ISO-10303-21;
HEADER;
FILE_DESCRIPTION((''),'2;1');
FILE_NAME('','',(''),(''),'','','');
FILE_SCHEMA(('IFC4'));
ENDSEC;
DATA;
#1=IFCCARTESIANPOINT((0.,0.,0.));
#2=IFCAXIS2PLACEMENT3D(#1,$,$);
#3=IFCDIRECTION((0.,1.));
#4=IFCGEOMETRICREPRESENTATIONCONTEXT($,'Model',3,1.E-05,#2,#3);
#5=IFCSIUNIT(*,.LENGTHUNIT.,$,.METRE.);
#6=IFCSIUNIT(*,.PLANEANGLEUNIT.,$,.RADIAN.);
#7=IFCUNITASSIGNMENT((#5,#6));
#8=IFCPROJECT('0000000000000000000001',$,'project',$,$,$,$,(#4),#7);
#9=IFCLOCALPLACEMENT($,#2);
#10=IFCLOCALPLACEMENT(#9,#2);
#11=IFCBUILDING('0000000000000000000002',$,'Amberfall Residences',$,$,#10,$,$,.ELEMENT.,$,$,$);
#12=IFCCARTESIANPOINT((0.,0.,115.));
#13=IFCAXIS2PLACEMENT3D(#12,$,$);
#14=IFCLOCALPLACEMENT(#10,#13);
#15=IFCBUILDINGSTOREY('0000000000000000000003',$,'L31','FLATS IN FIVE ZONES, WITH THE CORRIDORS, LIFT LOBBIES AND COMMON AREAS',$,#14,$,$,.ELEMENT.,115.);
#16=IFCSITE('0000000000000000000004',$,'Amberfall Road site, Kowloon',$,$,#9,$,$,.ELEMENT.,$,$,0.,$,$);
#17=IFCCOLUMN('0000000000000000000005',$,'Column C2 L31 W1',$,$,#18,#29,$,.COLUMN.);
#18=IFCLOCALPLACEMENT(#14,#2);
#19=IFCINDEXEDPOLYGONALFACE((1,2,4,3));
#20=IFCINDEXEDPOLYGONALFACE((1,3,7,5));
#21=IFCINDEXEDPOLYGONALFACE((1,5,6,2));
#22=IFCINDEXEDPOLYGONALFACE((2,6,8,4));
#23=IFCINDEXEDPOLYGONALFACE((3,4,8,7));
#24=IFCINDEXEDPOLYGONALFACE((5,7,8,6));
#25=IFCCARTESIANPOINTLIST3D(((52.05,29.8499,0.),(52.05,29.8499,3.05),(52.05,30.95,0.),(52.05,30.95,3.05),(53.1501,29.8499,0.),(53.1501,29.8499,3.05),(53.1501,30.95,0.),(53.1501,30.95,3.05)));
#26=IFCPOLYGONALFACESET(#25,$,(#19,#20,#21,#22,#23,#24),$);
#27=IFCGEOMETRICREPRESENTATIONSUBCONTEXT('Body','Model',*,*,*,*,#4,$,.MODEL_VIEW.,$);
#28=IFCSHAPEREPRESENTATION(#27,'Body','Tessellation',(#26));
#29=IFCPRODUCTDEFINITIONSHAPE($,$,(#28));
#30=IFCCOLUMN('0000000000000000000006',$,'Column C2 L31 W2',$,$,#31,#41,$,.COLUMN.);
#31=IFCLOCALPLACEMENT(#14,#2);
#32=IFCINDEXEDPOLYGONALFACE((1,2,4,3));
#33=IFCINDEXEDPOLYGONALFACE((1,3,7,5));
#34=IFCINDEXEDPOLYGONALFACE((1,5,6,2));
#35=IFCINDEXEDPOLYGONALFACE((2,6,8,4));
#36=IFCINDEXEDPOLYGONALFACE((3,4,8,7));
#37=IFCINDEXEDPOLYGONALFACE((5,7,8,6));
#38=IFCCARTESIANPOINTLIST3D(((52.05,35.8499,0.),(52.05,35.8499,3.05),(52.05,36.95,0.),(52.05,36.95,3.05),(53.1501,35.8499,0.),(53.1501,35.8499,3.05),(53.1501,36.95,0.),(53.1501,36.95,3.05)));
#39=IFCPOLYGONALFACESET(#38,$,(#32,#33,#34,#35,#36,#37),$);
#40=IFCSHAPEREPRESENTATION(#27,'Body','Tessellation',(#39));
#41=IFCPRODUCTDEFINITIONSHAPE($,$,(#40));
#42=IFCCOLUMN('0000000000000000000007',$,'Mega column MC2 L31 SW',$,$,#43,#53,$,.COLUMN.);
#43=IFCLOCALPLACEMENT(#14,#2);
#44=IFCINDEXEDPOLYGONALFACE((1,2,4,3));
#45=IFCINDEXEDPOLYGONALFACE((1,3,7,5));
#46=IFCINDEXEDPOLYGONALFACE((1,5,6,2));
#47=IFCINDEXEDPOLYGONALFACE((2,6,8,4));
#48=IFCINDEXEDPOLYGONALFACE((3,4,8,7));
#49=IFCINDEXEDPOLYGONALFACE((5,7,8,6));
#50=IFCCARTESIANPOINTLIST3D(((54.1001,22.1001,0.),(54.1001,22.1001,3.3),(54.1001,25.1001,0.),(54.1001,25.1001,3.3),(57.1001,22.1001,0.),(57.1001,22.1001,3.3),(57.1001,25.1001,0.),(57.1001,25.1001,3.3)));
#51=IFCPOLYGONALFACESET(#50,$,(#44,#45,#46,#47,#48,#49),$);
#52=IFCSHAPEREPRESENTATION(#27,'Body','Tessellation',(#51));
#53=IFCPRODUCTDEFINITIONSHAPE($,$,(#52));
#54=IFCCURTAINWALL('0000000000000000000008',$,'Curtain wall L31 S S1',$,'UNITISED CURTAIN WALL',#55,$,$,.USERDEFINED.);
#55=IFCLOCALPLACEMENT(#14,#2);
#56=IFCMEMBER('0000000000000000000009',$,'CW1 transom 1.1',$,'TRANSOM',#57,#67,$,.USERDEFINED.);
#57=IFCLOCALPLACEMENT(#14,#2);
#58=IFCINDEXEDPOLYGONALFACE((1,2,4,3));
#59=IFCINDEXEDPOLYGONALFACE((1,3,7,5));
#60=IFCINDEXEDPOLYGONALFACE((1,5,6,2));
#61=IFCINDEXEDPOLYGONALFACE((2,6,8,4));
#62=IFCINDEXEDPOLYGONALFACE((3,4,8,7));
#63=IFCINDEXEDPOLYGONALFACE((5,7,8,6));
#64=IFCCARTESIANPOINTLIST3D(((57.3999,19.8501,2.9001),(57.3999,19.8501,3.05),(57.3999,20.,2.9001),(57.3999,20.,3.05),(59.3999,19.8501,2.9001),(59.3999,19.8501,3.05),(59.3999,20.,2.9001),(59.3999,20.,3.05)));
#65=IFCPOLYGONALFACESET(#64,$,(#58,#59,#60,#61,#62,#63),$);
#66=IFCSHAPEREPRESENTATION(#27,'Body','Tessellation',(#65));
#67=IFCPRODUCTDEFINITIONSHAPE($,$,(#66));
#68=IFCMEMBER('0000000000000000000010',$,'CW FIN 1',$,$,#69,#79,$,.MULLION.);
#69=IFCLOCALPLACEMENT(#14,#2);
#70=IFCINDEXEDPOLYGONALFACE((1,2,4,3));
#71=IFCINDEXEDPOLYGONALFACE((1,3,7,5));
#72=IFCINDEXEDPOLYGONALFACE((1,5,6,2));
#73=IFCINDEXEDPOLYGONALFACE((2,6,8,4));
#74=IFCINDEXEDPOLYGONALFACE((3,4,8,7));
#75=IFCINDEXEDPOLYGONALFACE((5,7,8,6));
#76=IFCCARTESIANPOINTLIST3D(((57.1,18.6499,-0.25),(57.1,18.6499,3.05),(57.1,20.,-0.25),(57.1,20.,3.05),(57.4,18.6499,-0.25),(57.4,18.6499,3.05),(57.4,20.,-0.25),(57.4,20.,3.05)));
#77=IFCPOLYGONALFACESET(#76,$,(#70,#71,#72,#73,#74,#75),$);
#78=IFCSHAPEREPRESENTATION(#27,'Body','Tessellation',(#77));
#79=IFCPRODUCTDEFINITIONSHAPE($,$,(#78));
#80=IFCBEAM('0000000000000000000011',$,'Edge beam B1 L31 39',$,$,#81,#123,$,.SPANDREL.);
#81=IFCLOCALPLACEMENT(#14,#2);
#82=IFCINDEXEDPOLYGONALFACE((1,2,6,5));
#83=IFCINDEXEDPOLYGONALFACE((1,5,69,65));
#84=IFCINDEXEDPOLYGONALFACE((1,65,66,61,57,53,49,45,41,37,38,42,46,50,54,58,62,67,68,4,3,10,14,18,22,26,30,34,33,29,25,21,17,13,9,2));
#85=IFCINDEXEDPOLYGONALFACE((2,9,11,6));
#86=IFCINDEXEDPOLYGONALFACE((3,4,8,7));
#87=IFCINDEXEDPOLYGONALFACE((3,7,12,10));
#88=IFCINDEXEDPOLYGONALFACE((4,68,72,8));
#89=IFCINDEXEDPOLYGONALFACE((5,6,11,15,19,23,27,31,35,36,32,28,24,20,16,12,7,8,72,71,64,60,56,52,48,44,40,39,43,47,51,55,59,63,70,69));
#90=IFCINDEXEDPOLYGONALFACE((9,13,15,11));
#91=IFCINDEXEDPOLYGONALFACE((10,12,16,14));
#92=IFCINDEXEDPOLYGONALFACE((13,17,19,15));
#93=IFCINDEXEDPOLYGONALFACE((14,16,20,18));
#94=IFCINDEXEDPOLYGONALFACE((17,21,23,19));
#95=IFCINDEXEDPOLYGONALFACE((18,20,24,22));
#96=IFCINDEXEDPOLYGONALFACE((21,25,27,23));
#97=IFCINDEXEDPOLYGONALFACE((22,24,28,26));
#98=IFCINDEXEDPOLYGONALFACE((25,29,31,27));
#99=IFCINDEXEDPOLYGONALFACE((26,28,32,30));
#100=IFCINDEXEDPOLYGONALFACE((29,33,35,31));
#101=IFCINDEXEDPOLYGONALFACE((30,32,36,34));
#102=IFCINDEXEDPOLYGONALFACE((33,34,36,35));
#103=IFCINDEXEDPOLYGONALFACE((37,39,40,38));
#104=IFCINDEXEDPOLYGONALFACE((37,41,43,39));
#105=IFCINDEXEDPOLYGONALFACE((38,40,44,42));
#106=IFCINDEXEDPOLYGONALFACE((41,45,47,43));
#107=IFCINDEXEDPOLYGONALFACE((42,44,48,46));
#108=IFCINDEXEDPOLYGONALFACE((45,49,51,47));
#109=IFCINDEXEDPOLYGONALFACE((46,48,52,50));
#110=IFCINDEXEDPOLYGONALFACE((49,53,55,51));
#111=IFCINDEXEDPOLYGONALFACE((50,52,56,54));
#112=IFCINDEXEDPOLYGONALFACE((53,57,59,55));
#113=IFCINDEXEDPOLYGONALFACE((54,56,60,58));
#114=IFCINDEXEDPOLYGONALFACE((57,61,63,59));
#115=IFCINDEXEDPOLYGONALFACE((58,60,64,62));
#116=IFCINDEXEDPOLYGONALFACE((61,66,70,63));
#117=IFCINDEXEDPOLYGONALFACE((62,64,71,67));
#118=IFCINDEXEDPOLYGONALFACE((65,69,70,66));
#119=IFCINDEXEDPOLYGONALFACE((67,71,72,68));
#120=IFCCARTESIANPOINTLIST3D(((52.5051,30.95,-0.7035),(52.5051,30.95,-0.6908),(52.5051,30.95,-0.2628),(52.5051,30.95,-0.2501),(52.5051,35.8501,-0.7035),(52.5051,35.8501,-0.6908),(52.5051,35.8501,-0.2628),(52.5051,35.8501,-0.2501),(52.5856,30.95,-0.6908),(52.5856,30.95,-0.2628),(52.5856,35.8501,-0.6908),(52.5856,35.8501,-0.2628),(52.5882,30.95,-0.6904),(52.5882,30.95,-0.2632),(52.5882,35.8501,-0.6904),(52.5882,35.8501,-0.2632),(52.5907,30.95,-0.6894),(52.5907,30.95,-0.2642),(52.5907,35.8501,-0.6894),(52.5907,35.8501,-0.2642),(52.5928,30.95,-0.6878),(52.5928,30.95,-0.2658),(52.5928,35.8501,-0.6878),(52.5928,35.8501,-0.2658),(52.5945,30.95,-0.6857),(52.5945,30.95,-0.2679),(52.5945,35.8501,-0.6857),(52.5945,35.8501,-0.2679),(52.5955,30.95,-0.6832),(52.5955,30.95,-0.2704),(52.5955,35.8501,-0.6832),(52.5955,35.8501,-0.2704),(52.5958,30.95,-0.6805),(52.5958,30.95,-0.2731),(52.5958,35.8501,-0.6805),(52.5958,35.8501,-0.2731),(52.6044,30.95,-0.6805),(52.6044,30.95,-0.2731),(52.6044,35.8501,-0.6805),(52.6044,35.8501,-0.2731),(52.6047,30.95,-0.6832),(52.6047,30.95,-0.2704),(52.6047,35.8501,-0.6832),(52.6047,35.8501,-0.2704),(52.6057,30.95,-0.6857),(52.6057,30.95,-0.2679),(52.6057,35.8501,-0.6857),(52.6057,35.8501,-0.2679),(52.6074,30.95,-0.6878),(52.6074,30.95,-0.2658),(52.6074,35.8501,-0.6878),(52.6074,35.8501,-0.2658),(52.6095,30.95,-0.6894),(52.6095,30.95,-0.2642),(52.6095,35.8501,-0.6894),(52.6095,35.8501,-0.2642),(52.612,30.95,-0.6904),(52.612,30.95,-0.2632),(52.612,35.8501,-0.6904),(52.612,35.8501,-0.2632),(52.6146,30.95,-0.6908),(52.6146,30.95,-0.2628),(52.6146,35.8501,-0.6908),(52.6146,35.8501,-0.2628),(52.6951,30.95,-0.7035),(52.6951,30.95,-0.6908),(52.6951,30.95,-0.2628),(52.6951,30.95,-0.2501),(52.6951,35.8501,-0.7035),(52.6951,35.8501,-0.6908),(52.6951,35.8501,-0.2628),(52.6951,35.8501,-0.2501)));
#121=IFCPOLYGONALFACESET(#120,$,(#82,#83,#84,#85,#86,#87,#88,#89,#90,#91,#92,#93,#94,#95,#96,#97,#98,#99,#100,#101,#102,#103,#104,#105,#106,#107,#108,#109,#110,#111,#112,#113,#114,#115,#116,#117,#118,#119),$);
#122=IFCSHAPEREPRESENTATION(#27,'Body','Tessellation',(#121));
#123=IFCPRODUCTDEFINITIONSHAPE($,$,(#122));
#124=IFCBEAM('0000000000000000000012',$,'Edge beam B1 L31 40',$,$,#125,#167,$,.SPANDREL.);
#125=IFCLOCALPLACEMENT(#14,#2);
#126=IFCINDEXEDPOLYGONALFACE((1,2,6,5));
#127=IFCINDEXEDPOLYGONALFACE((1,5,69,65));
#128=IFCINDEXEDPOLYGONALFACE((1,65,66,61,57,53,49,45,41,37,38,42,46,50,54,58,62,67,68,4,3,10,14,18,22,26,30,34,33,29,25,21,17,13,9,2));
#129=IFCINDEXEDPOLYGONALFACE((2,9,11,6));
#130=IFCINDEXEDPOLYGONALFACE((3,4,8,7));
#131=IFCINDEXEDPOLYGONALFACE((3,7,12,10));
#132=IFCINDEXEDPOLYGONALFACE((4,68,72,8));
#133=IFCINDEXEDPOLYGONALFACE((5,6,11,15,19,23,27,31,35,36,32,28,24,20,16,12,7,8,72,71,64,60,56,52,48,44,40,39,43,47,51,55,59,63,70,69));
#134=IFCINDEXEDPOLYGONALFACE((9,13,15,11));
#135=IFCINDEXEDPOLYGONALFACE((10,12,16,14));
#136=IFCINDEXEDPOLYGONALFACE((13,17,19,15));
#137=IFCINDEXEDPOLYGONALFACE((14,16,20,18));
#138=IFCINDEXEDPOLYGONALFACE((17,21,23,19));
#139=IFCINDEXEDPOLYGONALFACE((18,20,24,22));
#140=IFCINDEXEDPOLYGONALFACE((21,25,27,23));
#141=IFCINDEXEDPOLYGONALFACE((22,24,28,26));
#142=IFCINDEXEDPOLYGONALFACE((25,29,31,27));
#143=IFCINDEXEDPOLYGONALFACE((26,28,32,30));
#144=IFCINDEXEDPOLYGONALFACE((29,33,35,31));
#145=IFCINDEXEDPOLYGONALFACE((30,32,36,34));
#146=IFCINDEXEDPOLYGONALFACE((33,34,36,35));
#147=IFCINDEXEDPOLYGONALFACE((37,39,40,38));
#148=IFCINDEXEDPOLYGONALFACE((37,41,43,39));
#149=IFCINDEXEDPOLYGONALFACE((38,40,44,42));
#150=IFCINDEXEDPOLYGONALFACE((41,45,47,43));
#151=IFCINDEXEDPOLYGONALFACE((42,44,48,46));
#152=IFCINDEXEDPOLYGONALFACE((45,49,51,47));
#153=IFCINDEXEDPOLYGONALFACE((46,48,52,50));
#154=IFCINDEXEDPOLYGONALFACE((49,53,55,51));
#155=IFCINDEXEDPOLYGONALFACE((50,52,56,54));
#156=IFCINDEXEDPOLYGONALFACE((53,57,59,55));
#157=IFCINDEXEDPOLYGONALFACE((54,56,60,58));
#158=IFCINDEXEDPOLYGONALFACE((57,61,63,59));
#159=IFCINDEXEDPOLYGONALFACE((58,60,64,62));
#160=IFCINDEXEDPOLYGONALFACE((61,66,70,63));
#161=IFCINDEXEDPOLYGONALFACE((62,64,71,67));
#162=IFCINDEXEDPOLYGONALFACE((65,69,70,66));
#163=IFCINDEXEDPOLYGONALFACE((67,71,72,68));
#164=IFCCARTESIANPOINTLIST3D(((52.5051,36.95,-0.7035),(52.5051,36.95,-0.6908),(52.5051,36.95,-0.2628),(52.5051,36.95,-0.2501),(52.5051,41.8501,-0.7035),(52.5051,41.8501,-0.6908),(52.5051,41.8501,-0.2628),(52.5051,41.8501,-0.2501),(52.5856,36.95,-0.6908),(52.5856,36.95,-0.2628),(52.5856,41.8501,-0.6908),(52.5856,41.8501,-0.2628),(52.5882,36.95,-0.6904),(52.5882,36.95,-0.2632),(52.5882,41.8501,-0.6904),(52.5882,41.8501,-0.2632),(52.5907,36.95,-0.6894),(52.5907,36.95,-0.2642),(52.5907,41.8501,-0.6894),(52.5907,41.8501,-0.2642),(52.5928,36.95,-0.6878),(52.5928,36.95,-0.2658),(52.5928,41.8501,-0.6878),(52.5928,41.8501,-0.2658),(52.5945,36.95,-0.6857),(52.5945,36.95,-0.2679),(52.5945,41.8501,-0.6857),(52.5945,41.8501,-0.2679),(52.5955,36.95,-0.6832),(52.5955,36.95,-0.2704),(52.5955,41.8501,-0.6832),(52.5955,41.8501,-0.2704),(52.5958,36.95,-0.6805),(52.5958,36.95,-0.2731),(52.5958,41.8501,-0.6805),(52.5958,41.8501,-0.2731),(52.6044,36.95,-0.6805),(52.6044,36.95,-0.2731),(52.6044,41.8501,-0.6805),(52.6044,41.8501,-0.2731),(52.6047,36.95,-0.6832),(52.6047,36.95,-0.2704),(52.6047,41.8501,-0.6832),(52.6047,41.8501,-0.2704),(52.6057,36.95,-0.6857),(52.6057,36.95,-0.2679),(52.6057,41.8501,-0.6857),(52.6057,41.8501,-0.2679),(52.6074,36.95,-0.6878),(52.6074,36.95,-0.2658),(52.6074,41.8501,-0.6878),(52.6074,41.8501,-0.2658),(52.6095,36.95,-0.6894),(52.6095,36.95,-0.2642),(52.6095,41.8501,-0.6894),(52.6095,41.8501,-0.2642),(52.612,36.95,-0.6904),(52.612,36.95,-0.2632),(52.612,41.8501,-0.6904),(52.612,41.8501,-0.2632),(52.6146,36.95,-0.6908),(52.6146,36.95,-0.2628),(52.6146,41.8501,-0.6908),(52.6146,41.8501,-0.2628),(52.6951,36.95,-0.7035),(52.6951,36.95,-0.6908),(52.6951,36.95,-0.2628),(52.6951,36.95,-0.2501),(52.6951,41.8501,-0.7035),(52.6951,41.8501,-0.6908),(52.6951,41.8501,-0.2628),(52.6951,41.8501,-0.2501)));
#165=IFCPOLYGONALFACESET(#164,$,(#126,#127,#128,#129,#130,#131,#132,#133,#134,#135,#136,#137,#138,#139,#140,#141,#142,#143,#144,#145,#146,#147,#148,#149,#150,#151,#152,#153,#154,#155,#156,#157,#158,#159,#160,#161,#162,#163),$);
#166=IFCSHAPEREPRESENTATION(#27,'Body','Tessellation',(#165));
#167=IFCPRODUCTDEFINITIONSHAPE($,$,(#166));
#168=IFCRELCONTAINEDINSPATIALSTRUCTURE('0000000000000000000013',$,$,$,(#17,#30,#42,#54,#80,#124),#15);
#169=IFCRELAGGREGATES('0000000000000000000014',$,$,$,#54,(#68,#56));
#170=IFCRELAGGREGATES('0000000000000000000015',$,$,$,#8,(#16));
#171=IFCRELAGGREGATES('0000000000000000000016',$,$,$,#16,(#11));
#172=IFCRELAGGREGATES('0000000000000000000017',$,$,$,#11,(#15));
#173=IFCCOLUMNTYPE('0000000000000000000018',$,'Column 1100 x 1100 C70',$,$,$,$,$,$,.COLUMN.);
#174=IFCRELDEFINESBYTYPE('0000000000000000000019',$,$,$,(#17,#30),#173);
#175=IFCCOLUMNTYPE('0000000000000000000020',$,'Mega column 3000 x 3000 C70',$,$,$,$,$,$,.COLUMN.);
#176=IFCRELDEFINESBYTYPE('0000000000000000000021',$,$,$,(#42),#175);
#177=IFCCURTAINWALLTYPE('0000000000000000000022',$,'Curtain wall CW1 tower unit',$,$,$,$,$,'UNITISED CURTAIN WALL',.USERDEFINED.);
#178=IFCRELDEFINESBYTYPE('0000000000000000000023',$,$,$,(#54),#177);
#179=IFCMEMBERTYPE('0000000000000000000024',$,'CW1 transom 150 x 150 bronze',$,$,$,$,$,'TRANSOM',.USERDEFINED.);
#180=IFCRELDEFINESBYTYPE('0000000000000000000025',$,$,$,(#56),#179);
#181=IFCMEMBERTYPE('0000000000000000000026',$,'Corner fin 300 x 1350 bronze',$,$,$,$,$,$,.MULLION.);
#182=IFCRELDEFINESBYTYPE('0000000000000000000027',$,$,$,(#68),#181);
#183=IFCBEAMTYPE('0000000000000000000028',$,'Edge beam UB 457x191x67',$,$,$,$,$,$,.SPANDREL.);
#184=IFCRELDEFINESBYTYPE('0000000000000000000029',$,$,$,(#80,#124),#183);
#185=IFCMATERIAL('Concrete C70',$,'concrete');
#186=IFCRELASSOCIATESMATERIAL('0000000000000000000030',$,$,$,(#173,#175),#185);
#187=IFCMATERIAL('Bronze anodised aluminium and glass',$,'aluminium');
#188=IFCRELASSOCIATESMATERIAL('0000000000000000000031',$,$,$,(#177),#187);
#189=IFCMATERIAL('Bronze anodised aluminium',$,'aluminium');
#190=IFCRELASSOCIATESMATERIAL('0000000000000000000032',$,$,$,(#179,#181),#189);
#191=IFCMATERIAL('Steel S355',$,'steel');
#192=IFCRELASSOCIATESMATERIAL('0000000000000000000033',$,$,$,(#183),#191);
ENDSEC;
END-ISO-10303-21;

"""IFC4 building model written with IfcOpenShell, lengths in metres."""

from ifc_helpers import new_model, si_unit, direction, frame, origin, origin_2d, place, context, subcontext, project, spatial, rectangle, i_section, extrude, material, material_profile, profile_set, type_object, element, aggregate, save


model = new_model("IFC4")

# Units and contexts
model_context = context("Model", 3, precision=1e-05, world=origin(), true_north=direction((0.0, 1.0)))
body_context = subcontext(model_context, "Body", "Model", "MODEL_VIEW")
ifc_project = project(units=[si_unit("LENGTHUNIT", "METRE"), si_unit("PLANEANGLEUNIT", "RADIAN")], contexts=[model_context])

# Site, building, storey
site_placement = place(None, origin())
site = spatial("IfcSite", under=ifc_project, at=site_placement, Name="Amberfall Road site, Kowloon", CompositionType="ELEMENT", RefElevation=0.0)
building_placement = place(site_placement, origin())
building = spatial("IfcBuilding", under=site, at=building_placement, Name="Amberfall Residences", CompositionType="ELEMENT")
storey_placement = place(building_placement, frame((0.0, 0.0, 115.0)))
storey = spatial("IfcBuildingStorey", under=building, at=storey_placement, Name="L31", Description="FLATS IN FIVE ZONES, WITH THE CORRIDORS, LIFT LOBBIES AND COMMON AREAS", CompositionType="ELEMENT", Elevation=115.0)

# Columns
ifc_material_1 = material(Name="Concrete C70", Category="concrete")
ifc_material_profile_1 = material_profile(ifc_material_1, rectangle(XDim=1.1001, YDim=1.1001, at=origin_2d()), Name="Column 1100 x 1100 C70")
ifc_profile_set_1 = profile_set([ifc_material_profile_1], Name="Concrete C70")
column_type_1 = type_object("IfcColumnType", Name="Column 1100 x 1100 C70", PredefinedType="COLUMN", material=ifc_profile_set_1)
for number, where, z_axis, x_axis, name in (
    (1, (52.6001, 30.3999, 0.0), (0.0, 0.0, 1.0), (1.0, 0.0, 0.0), "Column C2 L31 W1"),
    (2, (52.6001, 36.3999, 0.0), (0.0, 0.0, 1.0), (1.0, 0.0, 0.0), "Column C2 L31 W2"),
):
    element("IfcColumn", number, at=place(storey_placement, frame(where, z_axis=z_axis, x_axis=x_axis)), inside=storey, type_object=column_type_1, Name=name, PredefinedType="COLUMN", context=body_context, shape_type="SweptSolid", body=[
        extrude(rectangle(XDim=1.1001, YDim=1.1001, at=origin_2d()), origin(), (0.0, 0.0, 1.0), 3.05),
    ])
ifc_material_profile_2 = material_profile(ifc_material_1, rectangle(XDim=3.0, YDim=3.0, at=origin_2d()), Name="Mega column 3000 x 3000 C70")
ifc_profile_set_2 = profile_set([ifc_material_profile_2], Name="Concrete C70")
column_type_2 = type_object("IfcColumnType", Name="Mega column 3000 x 3000 C70", PredefinedType="COLUMN", material=ifc_profile_set_2)
column_placement = place(storey_placement, frame((55.6001, 23.6001, 0.0), z_axis=(0.0, 0.0, 1.0), x_axis=(1.0, 0.0, 0.0)))
element("IfcColumn", 3, at=column_placement, inside=storey, type_object=column_type_2, Name="Mega column MC2 L31 SW", PredefinedType="COLUMN", context=body_context, shape_type="SweptSolid", body=[
    extrude(rectangle(XDim=3.0, YDim=3.0, at=origin_2d()), origin(), (0.0, 0.0, 1.0), 3.3),
])

# Curtain wall, members
ifc_material_2 = material(Name="Bronze anodised aluminium and glass", Category="aluminium")
curtain_wall_type = type_object("IfcCurtainWallType", Name="Curtain wall CW1 tower unit", ElementType="UNITISED CURTAIN WALL", PredefinedType="USERDEFINED", material=ifc_material_2)
curtain_wall_placement = place(storey_placement, origin())
curtain_wall = element("IfcCurtainWall", 4, at=curtain_wall_placement, inside=storey, type_object=curtain_wall_type, Name="Curtain wall L31 S S1", ObjectType="UNITISED CURTAIN WALL", PredefinedType="USERDEFINED")
ifc_material_3 = material(Name="Bronze anodised aluminium", Category="aluminium")
ifc_material_profile_3 = material_profile(ifc_material_3, rectangle(XDim=0.1499, YDim=0.1499, at=origin_2d()), Name="CW1 transom 150 x 150 bronze")
ifc_profile_set_3 = profile_set([ifc_material_profile_3], Name="Bronze anodised aluminium")
member_type_1 = type_object("IfcMemberType", Name="CW1 transom 150 x 150 bronze", ElementType="TRANSOM", PredefinedType="USERDEFINED", material=ifc_profile_set_3)
member_1_placement = place(storey_placement, frame((57.3999, 19.925, 2.9751), z_axis=(1.0, 0.0, 0.0), x_axis=(0.0, 1.0, 0.0)))
member_1 = element("IfcMember", 5, at=member_1_placement, type_object=member_type_1, Name="CW1 transom 1.1", ObjectType="TRANSOM", PredefinedType="USERDEFINED", context=body_context, shape_type="SweptSolid", body=[
    extrude(rectangle(XDim=0.1499, YDim=0.1499, at=origin_2d()), origin(), (0.0, 0.0, 1.0), 2.0),
])
ifc_material_profile_4 = material_profile(ifc_material_3, rectangle(XDim=1.3501, YDim=0.3, at=origin_2d()), Name="Corner fin 300 x 1350 bronze")
ifc_profile_set_4 = profile_set([ifc_material_profile_4], Name="Bronze anodised aluminium")
member_type_2 = type_object("IfcMemberType", Name="Corner fin 300 x 1350 bronze", PredefinedType="MULLION", material=ifc_profile_set_4)
member_2_placement = place(storey_placement, frame((57.25, 19.325, -0.25), z_axis=(0.0, 0.0, 1.0), x_axis=(0.0, 1.0, 0.0)))
member_2 = element("IfcMember", 6, at=member_2_placement, type_object=member_type_2, Name="CW FIN 1", PredefinedType="MULLION", context=body_context, shape_type="SweptSolid", body=[
    extrude(rectangle(XDim=1.3501, YDim=0.3, at=origin_2d()), origin(), (0.0, 0.0, 1.0), 3.3),
])

# Beams
ifc_material_4 = material(Name="Steel S355", Category="steel")
ifc_material_profile_5 = material_profile(ifc_material_4, i_section(OverallWidth=0.1899, OverallDepth=0.4534, WebThickness=0.0085, FlangeThickness=0.0127, FilletRadius=0.0103, at=origin_2d()), Name="UB 457x191x67")
ifc_profile_set_5 = profile_set([ifc_material_profile_5], Name="Steel S355")
beam_type_1 = type_object("IfcBeamType", Name="Edge beam UB 457x191x67", PredefinedType="SPANDREL", material=ifc_profile_set_5)
for number, where, z_axis, x_axis, name in (
    (7, (52.6001, 30.95, -0.4768), (0.0, 1.0, 0.0), (-1.0, 0.0, 0.0), "Edge beam B1 L31 39"),
    (8, (52.6001, 36.95, -0.4768), (0.0, 1.0, 0.0), (-1.0, 0.0, 0.0), "Edge beam B1 L31 40"),
):
    element("IfcBeam", number, at=place(storey_placement, frame(where, z_axis=z_axis, x_axis=x_axis)), inside=storey, type_object=beam_type_1, Name=name, PredefinedType="SPANDREL", context=body_context, shape_type="SweptSolid", body=[
        extrude(i_section(OverallWidth=0.1899, OverallDepth=0.4534, WebThickness=0.0085, FlangeThickness=0.0127, FilletRadius=0.0103, at=origin_2d()), origin(), (0.0, 0.0, 1.0), 4.9001),
    ])

aggregate(curtain_wall, [member_2, member_1])

save(model, "model.ifc")
